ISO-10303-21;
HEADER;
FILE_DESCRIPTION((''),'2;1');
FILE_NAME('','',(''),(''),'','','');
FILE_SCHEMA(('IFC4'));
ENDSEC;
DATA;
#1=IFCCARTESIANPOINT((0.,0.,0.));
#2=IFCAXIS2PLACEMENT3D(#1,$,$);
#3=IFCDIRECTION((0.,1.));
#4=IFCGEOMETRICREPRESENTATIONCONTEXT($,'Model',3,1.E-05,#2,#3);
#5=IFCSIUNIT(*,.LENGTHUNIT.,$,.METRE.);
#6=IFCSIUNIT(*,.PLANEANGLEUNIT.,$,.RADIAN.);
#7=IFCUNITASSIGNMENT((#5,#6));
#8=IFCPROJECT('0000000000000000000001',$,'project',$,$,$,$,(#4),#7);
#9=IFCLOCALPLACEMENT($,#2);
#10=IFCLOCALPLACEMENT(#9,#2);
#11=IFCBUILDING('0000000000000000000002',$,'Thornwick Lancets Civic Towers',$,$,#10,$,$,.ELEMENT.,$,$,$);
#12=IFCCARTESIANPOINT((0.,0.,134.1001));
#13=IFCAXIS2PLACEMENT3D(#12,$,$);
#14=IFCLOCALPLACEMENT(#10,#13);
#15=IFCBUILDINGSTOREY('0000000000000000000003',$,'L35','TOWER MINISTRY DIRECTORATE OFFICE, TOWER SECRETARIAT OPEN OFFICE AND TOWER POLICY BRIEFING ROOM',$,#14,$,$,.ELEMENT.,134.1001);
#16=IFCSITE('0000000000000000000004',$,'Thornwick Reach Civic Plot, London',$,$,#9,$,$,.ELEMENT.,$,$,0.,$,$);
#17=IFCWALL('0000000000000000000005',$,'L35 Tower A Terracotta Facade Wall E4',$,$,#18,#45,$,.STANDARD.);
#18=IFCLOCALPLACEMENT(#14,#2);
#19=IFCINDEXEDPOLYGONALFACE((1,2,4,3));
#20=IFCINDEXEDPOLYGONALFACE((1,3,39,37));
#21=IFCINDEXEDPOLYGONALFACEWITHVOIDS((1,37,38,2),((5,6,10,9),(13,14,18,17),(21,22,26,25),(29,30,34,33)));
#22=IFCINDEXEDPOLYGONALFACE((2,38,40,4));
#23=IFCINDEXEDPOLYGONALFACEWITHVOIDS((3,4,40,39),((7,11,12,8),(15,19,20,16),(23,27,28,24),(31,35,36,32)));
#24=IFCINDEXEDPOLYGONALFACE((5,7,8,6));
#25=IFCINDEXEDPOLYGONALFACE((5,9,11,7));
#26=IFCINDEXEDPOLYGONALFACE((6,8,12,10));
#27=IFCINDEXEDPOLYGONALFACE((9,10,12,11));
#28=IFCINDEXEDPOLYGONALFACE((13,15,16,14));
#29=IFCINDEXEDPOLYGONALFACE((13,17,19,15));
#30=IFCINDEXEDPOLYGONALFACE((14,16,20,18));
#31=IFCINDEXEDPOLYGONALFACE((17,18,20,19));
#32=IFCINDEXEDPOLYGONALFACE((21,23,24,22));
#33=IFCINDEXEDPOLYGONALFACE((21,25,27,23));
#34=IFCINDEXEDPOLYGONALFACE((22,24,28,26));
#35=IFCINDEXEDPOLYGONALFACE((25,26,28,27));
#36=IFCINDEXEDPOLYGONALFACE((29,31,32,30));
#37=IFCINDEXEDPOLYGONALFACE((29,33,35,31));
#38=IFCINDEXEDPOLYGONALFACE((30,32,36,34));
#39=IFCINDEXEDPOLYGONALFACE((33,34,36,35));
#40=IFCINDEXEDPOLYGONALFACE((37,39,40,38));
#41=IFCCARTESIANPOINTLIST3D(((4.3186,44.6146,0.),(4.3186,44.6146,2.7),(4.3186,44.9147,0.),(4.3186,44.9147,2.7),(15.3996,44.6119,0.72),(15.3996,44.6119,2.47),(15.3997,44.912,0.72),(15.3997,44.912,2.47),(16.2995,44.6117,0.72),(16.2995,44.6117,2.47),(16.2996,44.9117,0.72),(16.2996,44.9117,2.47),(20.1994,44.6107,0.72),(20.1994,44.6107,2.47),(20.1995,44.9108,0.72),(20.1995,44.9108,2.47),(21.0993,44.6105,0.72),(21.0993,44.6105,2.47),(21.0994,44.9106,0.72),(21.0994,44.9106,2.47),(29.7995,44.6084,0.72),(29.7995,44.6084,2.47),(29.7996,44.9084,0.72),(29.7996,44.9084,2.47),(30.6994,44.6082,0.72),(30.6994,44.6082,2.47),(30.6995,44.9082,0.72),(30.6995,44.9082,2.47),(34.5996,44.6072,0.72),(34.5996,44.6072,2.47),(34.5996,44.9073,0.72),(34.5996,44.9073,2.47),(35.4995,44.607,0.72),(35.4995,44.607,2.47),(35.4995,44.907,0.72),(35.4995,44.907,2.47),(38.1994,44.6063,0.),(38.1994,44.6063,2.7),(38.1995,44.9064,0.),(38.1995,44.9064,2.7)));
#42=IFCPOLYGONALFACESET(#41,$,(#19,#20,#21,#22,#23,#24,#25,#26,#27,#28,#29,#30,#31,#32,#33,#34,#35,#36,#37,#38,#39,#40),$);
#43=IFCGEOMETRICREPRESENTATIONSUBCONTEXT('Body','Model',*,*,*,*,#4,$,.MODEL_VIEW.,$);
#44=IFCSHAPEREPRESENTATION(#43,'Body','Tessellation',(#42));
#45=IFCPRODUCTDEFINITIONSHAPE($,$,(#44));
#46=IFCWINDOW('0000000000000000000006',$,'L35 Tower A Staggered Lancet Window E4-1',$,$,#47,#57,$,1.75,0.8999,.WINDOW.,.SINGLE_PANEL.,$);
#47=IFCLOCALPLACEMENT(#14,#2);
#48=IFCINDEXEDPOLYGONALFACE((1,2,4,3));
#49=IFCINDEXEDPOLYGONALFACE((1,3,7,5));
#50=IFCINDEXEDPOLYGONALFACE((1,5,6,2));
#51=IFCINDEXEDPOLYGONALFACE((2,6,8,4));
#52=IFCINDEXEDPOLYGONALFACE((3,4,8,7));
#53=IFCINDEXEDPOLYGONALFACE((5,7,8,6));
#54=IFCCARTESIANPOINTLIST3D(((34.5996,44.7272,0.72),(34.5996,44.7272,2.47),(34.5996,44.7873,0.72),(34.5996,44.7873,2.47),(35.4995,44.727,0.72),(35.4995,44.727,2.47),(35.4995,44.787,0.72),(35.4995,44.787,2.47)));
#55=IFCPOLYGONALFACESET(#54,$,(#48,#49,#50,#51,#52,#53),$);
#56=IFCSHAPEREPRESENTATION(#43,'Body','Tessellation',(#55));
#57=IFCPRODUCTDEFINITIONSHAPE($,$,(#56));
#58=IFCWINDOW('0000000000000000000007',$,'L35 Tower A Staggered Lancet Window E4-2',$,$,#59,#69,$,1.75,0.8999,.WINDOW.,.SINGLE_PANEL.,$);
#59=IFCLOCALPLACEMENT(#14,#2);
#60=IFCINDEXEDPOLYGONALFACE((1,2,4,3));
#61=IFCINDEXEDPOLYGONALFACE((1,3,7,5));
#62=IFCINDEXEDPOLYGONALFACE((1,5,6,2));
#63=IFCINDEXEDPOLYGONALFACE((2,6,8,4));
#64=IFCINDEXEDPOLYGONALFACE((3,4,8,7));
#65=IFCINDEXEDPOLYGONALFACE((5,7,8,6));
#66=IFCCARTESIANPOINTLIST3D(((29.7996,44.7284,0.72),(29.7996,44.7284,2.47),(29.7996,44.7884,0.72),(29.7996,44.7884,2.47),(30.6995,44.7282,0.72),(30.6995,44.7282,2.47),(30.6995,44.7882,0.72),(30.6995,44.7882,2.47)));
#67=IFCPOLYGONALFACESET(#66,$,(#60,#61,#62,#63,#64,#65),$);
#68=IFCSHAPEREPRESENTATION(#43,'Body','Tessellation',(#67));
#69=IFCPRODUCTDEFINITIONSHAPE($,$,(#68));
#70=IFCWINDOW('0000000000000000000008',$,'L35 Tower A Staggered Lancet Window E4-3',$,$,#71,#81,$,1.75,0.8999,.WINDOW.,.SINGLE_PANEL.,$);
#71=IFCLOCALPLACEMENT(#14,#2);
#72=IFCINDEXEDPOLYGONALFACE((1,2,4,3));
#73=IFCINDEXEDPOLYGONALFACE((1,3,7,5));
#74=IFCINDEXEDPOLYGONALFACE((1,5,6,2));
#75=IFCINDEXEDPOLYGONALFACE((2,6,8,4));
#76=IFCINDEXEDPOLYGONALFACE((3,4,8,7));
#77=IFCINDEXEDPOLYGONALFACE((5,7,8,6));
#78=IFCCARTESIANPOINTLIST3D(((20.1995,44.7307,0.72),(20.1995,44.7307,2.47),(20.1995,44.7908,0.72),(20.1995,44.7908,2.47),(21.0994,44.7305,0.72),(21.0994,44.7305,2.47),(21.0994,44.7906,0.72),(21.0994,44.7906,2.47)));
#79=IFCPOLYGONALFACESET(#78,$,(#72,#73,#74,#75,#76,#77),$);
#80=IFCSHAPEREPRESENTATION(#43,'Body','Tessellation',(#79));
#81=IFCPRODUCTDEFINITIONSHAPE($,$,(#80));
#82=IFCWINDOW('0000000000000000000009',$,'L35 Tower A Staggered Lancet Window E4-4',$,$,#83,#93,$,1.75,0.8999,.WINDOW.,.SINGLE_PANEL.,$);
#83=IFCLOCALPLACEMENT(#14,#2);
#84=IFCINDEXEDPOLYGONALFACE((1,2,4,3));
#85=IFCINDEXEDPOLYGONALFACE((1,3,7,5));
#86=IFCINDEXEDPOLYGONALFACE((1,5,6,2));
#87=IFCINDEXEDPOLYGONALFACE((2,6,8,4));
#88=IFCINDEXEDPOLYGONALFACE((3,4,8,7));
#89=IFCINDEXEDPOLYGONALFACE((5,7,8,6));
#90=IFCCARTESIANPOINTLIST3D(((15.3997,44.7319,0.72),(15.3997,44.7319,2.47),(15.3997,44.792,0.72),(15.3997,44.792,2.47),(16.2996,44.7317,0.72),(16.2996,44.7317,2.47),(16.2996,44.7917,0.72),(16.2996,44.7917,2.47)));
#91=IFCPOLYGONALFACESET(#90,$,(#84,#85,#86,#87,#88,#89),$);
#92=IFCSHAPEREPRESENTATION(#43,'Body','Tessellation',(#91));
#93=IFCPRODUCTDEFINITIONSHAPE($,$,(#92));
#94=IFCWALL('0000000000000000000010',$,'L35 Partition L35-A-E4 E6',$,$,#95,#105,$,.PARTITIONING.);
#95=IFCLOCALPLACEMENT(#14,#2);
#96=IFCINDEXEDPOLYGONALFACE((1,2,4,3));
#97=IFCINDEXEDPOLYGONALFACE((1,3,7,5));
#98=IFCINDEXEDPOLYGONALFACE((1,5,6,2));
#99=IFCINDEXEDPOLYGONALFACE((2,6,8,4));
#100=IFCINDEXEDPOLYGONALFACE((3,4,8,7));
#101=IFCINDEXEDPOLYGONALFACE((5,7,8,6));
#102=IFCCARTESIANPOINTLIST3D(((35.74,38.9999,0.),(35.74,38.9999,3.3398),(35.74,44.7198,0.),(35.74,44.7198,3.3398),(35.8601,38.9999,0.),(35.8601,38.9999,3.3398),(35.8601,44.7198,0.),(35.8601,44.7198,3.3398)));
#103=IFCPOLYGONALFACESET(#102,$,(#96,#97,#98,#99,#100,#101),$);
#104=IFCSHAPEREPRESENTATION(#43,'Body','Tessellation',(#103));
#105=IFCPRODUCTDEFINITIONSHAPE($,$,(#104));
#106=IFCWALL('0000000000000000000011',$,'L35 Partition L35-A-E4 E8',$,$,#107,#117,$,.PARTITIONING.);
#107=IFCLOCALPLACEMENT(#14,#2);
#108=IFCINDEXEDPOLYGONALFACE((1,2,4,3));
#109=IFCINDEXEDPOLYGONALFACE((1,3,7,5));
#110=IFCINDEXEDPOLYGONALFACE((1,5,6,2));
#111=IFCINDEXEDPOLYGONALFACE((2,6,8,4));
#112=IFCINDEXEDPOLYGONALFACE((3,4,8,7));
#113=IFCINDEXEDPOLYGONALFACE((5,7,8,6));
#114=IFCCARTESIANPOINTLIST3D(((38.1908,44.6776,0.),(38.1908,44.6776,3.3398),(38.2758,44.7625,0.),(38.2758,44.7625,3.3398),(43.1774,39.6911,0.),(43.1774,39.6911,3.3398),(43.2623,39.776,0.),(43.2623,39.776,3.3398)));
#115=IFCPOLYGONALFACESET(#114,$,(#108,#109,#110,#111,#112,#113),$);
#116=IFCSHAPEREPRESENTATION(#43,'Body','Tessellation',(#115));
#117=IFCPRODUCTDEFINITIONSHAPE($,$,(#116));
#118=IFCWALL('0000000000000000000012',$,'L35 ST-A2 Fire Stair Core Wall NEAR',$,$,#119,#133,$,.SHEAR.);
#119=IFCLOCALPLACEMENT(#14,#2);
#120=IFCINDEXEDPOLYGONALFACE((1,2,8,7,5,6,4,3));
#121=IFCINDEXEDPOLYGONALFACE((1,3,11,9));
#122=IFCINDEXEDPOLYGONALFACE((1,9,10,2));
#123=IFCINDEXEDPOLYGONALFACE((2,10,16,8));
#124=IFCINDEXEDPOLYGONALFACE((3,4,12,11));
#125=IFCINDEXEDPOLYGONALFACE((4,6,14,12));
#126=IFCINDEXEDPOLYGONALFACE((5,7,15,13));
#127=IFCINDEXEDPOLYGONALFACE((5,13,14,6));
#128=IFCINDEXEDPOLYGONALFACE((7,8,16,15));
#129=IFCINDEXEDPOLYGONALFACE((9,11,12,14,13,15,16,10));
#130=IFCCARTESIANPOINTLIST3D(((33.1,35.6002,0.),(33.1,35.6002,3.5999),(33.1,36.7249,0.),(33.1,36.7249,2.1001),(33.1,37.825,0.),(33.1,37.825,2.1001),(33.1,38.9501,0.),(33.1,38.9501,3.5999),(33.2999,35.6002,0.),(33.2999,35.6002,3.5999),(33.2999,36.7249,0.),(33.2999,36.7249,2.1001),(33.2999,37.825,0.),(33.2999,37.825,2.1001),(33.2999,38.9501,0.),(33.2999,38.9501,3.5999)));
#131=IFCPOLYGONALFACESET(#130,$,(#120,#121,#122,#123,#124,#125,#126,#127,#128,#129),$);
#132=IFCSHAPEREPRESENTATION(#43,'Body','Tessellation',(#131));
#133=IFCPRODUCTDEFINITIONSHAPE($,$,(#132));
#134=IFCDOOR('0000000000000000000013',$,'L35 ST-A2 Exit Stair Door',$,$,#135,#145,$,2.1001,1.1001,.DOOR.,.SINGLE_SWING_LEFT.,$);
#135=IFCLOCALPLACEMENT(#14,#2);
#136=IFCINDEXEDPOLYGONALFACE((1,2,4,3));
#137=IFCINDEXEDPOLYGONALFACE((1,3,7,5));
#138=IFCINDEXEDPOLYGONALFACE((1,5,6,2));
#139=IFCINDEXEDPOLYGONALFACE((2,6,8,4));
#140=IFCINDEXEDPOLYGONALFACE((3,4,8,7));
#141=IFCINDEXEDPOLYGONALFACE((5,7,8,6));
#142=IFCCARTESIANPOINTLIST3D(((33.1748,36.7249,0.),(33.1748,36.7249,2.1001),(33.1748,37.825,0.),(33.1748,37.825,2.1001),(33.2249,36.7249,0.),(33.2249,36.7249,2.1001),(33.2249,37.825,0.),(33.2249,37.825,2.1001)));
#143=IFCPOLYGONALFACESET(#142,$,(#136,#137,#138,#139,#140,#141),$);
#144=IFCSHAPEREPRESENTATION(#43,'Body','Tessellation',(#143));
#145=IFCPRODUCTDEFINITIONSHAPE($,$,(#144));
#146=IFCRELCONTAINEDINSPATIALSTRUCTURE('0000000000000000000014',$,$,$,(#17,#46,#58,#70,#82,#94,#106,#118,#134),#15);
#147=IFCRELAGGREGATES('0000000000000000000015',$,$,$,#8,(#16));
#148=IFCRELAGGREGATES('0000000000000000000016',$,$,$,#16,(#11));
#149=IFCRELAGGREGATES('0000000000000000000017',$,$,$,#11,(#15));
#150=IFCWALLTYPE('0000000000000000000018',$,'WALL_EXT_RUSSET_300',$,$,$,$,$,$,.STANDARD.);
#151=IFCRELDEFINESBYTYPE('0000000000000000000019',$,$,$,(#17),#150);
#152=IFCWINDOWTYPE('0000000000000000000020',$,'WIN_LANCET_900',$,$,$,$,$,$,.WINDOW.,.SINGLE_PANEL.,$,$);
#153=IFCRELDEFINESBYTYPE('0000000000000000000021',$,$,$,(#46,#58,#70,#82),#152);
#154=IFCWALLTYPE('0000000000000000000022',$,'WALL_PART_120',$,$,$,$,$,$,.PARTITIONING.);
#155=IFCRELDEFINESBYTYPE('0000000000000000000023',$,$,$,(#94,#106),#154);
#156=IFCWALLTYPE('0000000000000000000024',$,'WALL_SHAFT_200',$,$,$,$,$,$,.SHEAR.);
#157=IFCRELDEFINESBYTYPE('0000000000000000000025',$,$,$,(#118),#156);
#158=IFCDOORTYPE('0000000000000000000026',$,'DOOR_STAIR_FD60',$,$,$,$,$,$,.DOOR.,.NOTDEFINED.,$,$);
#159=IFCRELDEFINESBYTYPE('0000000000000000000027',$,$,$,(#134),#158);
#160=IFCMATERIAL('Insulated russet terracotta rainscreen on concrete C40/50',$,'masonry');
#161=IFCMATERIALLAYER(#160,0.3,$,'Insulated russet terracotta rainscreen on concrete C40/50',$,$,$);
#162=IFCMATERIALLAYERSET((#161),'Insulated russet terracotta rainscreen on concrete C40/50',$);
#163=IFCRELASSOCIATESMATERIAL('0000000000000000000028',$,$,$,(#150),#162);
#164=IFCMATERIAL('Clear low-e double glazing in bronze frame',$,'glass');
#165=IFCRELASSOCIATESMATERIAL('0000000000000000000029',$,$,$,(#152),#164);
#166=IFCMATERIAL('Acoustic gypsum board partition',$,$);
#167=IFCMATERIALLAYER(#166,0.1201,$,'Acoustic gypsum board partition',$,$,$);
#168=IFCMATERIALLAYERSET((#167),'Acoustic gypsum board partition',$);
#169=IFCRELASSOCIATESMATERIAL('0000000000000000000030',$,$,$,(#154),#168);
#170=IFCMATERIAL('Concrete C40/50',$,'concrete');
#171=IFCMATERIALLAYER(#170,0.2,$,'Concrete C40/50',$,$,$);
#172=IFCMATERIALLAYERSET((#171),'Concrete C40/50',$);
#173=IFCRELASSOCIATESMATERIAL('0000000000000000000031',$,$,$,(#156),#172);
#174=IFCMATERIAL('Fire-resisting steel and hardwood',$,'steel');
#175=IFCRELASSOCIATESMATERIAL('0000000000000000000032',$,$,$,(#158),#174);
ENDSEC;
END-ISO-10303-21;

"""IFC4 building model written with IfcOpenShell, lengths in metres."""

from ifc_helpers import new_model, si_unit, direction, frame, frame_2d, origin, place, context, subcontext, project, spatial, rectangle, extrude, material, layer, layer_set, type_object, element, fill, save


model = new_model("IFC4")

# Units and contexts
model_context = context("Model", 3, precision=1e-05, world=origin(), true_north=direction((0.0, 1.0)))
body_context = subcontext(model_context, "Body", "Model", "MODEL_VIEW")
ifc_project = project(units=[si_unit("LENGTHUNIT", "METRE"), si_unit("PLANEANGLEUNIT", "RADIAN")], contexts=[model_context])

# Site, building, storey
site_placement = place(None, origin())
site = spatial("IfcSite", under=ifc_project, at=site_placement, Name="Thornwick Reach Civic Plot, London", CompositionType="ELEMENT", RefElevation=0.0)
building_placement = place(site_placement, origin())
building = spatial("IfcBuilding", under=site, at=building_placement, Name="Thornwick Lancets Civic Towers", CompositionType="ELEMENT")
storey_placement = place(building_placement, frame((0.0, 0.0, 134.1001)))
storey = spatial("IfcBuildingStorey", under=building, at=storey_placement, Name="L35", Description="TOWER MINISTRY DIRECTORATE OFFICE, TOWER SECRETARIAT OPEN OFFICE AND TOWER POLICY BRIEFING ROOM", CompositionType="ELEMENT", Elevation=134.1001)

# Wall, openings, windows
ifc_material_1 = material(Name="Insulated russet terracotta rainscreen on concrete C40/50", Category="masonry")
ifc_layer_1 = layer(ifc_material_1, 0.3, Name="Insulated russet terracotta rainscreen on concrete C40/50")
ifc_layer_set_1 = layer_set([ifc_layer_1], Name="Insulated russet terracotta rainscreen on concrete C40/50")
wall_type_1 = type_object("IfcWallType", Name="WALL_EXT_RUSSET_300", PredefinedType="STANDARD", material=ifc_layer_set_1)
wall_1_placement = place(storey_placement, frame((38.1995, 44.7563, 0.0), z_axis=(0.0, 0.0, 1.0), x_axis=(-1.0, 0.000245, 0.0)))
wall_1 = element("IfcWall", 1, at=wall_1_placement, inside=storey, type_object=wall_type_1, Name="L35 Tower A Terracotta Facade Wall E4", PredefinedType="STANDARD", context=body_context, shape_type="SweptSolid", body=[
    extrude(rectangle(XDim=33.8809, YDim=0.3, at=frame_2d((16.9404, 0.0))), origin(), (0.0, 0.0, 1.0), 2.7),
])
opening_1_placement = place(wall_1_placement, frame((2.7, 0.0, 0.72)))
opening_1 = element("IfcOpeningElement", 2, at=opening_1_placement, cuts=wall_1, PredefinedType="OPENING", context=body_context, shape_type="SweptSolid", body=[
    extrude(rectangle(XDim=0.8999, YDim=1.75, at=frame_2d((0.45, 0.875))), frame((0.0, 0.1602, 0.0), z_axis=(0.0, -1.0, 0.0), x_axis=(1.0, 0.0, 0.0)), (0.0, 0.0, 1.0), 0.3201),
])
opening_2_placement = place(wall_1_placement, frame((7.5, 0.0, 0.72)))
opening_2 = element("IfcOpeningElement", 3, at=opening_2_placement, cuts=wall_1, PredefinedType="OPENING", context=body_context, shape_type="SweptSolid", body=[
    extrude(rectangle(XDim=0.8999, YDim=1.75, at=frame_2d((0.45, 0.875))), frame((0.0, 0.1602, 0.0), z_axis=(0.0, -1.0, 0.0), x_axis=(1.0, 0.0, 0.0)), (0.0, 0.0, 1.0), 0.3201),
])
opening_3_placement = place(wall_1_placement, frame((17.1001, 0.0, 0.72)))
opening_3 = element("IfcOpeningElement", 4, at=opening_3_placement, cuts=wall_1, PredefinedType="OPENING", context=body_context, shape_type="SweptSolid", body=[
    extrude(rectangle(XDim=0.8999, YDim=1.75, at=frame_2d((0.45, 0.875))), frame((0.0, 0.1602, 0.0), z_axis=(0.0, -1.0, 0.0), x_axis=(1.0, 0.0, 0.0)), (0.0, 0.0, 1.0), 0.3201),
])
opening_4_placement = place(wall_1_placement, frame((21.8999, 0.0, 0.72)))
opening_4 = element("IfcOpeningElement", 5, at=opening_4_placement, cuts=wall_1, PredefinedType="OPENING", context=body_context, shape_type="SweptSolid", body=[
    extrude(rectangle(XDim=0.8999, YDim=1.75, at=frame_2d((0.45, 0.875))), frame((0.0, 0.1602, 0.0), z_axis=(0.0, -1.0, 0.0), x_axis=(1.0, 0.0, 0.0)), (0.0, 0.0, 1.0), 0.3201),
])
ifc_material_2 = material(Name="Clear low-e double glazing in bronze frame", Category="glass")
window_type = type_object("IfcWindowType", Name="WIN_LANCET_900", PartitioningType="SINGLE_PANEL", PredefinedType="WINDOW", material=ifc_material_2)
window_1_placement = place(opening_1_placement, origin())
window_1 = element("IfcWindow", 6, at=window_1_placement, inside=storey, type_object=window_type, Name="L35 Tower A Staggered Lancet Window E4-1", OverallHeight=1.75, OverallWidth=0.8999, PartitioningType="SINGLE_PANEL", PredefinedType="WINDOW", context=body_context, shape_type="SweptSolid", body=[
    extrude(rectangle(XDim=0.8999, YDim=1.75, at=frame_2d((0.45, 0.875))), frame((0.0, 0.03, 0.0), z_axis=(0.0, -1.0, 0.0), x_axis=(1.0, 0.0, 0.0)), (0.0, 0.0, 1.0), 0.0601),
])
fill(opening_1, window_1)
window_2_placement = place(opening_2_placement, origin())
window_2 = element("IfcWindow", 7, at=window_2_placement, inside=storey, type_object=window_type, Name="L35 Tower A Staggered Lancet Window E4-2", OverallHeight=1.75, OverallWidth=0.8999, PartitioningType="SINGLE_PANEL", PredefinedType="WINDOW", context=body_context, shape_type="SweptSolid", body=[
    extrude(rectangle(XDim=0.8999, YDim=1.75, at=frame_2d((0.45, 0.875))), frame((0.0, 0.03, 0.0), z_axis=(0.0, -1.0, 0.0), x_axis=(1.0, 0.0, 0.0)), (0.0, 0.0, 1.0), 0.0601),
])
fill(opening_2, window_2)
window_3_placement = place(opening_3_placement, origin())
window_3 = element("IfcWindow", 8, at=window_3_placement, inside=storey, type_object=window_type, Name="L35 Tower A Staggered Lancet Window E4-3", OverallHeight=1.75, OverallWidth=0.8999, PartitioningType="SINGLE_PANEL", PredefinedType="WINDOW", context=body_context, shape_type="SweptSolid", body=[
    extrude(rectangle(XDim=0.8999, YDim=1.75, at=frame_2d((0.45, 0.875))), frame((0.0, 0.03, 0.0), z_axis=(0.0, -1.0, 0.0), x_axis=(1.0, 0.0, 0.0)), (0.0, 0.0, 1.0), 0.0601),
])
fill(opening_3, window_3)
window_4_placement = place(opening_4_placement, origin())
window_4 = element("IfcWindow", 9, at=window_4_placement, inside=storey, type_object=window_type, Name="L35 Tower A Staggered Lancet Window E4-4", OverallHeight=1.75, OverallWidth=0.8999, PartitioningType="SINGLE_PANEL", PredefinedType="WINDOW", context=body_context, shape_type="SweptSolid", body=[
    extrude(rectangle(XDim=0.8999, YDim=1.75, at=frame_2d((0.45, 0.875))), frame((0.0, 0.03, 0.0), z_axis=(0.0, -1.0, 0.0), x_axis=(1.0, 0.0, 0.0)), (0.0, 0.0, 1.0), 0.0601),
])
fill(opening_4, window_4)

# Walls
ifc_material_3 = material(Name="Acoustic gypsum board partition")
ifc_layer_2 = layer(ifc_material_3, 0.1201, Name="Acoustic gypsum board partition")
ifc_layer_set_2 = layer_set([ifc_layer_2], Name="Acoustic gypsum board partition")
wall_type_2 = type_object("IfcWallType", Name="WALL_PART_120", PredefinedType="PARTITIONING", material=ifc_layer_set_2)
wall_2_placement = place(storey_placement, frame((35.8, 39.0, 0.0), z_axis=(0.0, 0.0, 1.0), x_axis=(0.0, 1.0, 0.0)))
element("IfcWall", 10, at=wall_2_placement, inside=storey, type_object=wall_type_2, Name="L35 Partition L35-A-E4 E6", PredefinedType="PARTITIONING", context=body_context, shape_type="SweptSolid", body=[
    extrude(rectangle(XDim=5.72, YDim=0.1201, at=frame_2d((2.8599, 0.0))), origin(), (0.0, 0.0, 1.0), 3.3398),
])
wall_3_placement = place(storey_placement, frame((38.2334, 44.72, 0.0), z_axis=(0.0, 0.0, 1.0), x_axis=(0.707107, -0.707107, 0.0)))
element("IfcWall", 11, at=wall_3_placement, inside=storey, type_object=wall_type_2, Name="L35 Partition L35-A-E4 E8", PredefinedType="PARTITIONING", context=body_context, shape_type="SweptSolid", body=[
    extrude(rectangle(XDim=7.052, YDim=0.1201, at=frame_2d((3.5259, 0.0))), origin(), (0.0, 0.0, 1.0), 3.3398),
])

# Wall, opening, door
ifc_material_4 = material(Name="Concrete C40/50", Category="concrete")
ifc_layer_3 = layer(ifc_material_4, 0.2, Name="Concrete C40/50")
ifc_layer_set_3 = layer_set([ifc_layer_3], Name="Concrete C40/50")
wall_type_3 = type_object("IfcWallType", Name="WALL_SHAFT_200", PredefinedType="SHEAR", material=ifc_layer_set_3)
wall_4_placement = place(storey_placement, frame((33.2, 38.95, 0.0), z_axis=(0.0, 0.0, 1.0), x_axis=(0.0, -1.0, 0.0)))
wall_4 = element("IfcWall", 12, at=wall_4_placement, inside=storey, type_object=wall_type_3, Name="L35 ST-A2 Fire Stair Core Wall NEAR", PredefinedType="SHEAR", context=body_context, shape_type="SweptSolid", body=[
    extrude(rectangle(XDim=3.3499, YDim=0.2, at=frame_2d((1.6748, 0.0))), origin(), (0.0, 0.0, 1.0), 3.5999),
])
opening_5_placement = place(wall_4_placement, frame((1.125, 0.0, 0.0)))
opening_5 = element("IfcOpeningElement", 13, at=opening_5_placement, cuts=wall_4, PredefinedType="OPENING", context=body_context, shape_type="SweptSolid", body=[
    extrude(rectangle(XDim=1.1001, YDim=2.1001, at=frame_2d((0.55, 1.05))), frame((0.0, 0.1099, 0.0), z_axis=(0.0, -1.0, 0.0), x_axis=(1.0, 0.0, 0.0)), (0.0, 0.0, 1.0), 0.22),
])
ifc_material_5 = material(Name="Fire-resisting steel and hardwood", Category="steel")
door_type = type_object("IfcDoorType", Name="DOOR_STAIR_FD60", OperationType="NOTDEFINED", PredefinedType="DOOR", material=ifc_material_5)
door_placement = place(opening_5_placement, origin())
door = element("IfcDoor", 14, at=door_placement, inside=storey, type_object=door_type, Name="L35 ST-A2 Exit Stair Door", OperationType="SINGLE_SWING_LEFT", OverallHeight=2.1001, OverallWidth=1.1001, PredefinedType="DOOR", context=body_context, shape_type="SweptSolid", body=[
    extrude(rectangle(XDim=1.1001, YDim=2.1001, at=frame_2d((0.55, 1.05))), frame((0.0, 0.0249, 0.0), z_axis=(0.0, -1.0, 0.0), x_axis=(1.0, 0.0, 0.0)), (0.0, 0.0, 1.0), 0.05),
])
fill(opening_5, door)

save(model, "model.ifc")
